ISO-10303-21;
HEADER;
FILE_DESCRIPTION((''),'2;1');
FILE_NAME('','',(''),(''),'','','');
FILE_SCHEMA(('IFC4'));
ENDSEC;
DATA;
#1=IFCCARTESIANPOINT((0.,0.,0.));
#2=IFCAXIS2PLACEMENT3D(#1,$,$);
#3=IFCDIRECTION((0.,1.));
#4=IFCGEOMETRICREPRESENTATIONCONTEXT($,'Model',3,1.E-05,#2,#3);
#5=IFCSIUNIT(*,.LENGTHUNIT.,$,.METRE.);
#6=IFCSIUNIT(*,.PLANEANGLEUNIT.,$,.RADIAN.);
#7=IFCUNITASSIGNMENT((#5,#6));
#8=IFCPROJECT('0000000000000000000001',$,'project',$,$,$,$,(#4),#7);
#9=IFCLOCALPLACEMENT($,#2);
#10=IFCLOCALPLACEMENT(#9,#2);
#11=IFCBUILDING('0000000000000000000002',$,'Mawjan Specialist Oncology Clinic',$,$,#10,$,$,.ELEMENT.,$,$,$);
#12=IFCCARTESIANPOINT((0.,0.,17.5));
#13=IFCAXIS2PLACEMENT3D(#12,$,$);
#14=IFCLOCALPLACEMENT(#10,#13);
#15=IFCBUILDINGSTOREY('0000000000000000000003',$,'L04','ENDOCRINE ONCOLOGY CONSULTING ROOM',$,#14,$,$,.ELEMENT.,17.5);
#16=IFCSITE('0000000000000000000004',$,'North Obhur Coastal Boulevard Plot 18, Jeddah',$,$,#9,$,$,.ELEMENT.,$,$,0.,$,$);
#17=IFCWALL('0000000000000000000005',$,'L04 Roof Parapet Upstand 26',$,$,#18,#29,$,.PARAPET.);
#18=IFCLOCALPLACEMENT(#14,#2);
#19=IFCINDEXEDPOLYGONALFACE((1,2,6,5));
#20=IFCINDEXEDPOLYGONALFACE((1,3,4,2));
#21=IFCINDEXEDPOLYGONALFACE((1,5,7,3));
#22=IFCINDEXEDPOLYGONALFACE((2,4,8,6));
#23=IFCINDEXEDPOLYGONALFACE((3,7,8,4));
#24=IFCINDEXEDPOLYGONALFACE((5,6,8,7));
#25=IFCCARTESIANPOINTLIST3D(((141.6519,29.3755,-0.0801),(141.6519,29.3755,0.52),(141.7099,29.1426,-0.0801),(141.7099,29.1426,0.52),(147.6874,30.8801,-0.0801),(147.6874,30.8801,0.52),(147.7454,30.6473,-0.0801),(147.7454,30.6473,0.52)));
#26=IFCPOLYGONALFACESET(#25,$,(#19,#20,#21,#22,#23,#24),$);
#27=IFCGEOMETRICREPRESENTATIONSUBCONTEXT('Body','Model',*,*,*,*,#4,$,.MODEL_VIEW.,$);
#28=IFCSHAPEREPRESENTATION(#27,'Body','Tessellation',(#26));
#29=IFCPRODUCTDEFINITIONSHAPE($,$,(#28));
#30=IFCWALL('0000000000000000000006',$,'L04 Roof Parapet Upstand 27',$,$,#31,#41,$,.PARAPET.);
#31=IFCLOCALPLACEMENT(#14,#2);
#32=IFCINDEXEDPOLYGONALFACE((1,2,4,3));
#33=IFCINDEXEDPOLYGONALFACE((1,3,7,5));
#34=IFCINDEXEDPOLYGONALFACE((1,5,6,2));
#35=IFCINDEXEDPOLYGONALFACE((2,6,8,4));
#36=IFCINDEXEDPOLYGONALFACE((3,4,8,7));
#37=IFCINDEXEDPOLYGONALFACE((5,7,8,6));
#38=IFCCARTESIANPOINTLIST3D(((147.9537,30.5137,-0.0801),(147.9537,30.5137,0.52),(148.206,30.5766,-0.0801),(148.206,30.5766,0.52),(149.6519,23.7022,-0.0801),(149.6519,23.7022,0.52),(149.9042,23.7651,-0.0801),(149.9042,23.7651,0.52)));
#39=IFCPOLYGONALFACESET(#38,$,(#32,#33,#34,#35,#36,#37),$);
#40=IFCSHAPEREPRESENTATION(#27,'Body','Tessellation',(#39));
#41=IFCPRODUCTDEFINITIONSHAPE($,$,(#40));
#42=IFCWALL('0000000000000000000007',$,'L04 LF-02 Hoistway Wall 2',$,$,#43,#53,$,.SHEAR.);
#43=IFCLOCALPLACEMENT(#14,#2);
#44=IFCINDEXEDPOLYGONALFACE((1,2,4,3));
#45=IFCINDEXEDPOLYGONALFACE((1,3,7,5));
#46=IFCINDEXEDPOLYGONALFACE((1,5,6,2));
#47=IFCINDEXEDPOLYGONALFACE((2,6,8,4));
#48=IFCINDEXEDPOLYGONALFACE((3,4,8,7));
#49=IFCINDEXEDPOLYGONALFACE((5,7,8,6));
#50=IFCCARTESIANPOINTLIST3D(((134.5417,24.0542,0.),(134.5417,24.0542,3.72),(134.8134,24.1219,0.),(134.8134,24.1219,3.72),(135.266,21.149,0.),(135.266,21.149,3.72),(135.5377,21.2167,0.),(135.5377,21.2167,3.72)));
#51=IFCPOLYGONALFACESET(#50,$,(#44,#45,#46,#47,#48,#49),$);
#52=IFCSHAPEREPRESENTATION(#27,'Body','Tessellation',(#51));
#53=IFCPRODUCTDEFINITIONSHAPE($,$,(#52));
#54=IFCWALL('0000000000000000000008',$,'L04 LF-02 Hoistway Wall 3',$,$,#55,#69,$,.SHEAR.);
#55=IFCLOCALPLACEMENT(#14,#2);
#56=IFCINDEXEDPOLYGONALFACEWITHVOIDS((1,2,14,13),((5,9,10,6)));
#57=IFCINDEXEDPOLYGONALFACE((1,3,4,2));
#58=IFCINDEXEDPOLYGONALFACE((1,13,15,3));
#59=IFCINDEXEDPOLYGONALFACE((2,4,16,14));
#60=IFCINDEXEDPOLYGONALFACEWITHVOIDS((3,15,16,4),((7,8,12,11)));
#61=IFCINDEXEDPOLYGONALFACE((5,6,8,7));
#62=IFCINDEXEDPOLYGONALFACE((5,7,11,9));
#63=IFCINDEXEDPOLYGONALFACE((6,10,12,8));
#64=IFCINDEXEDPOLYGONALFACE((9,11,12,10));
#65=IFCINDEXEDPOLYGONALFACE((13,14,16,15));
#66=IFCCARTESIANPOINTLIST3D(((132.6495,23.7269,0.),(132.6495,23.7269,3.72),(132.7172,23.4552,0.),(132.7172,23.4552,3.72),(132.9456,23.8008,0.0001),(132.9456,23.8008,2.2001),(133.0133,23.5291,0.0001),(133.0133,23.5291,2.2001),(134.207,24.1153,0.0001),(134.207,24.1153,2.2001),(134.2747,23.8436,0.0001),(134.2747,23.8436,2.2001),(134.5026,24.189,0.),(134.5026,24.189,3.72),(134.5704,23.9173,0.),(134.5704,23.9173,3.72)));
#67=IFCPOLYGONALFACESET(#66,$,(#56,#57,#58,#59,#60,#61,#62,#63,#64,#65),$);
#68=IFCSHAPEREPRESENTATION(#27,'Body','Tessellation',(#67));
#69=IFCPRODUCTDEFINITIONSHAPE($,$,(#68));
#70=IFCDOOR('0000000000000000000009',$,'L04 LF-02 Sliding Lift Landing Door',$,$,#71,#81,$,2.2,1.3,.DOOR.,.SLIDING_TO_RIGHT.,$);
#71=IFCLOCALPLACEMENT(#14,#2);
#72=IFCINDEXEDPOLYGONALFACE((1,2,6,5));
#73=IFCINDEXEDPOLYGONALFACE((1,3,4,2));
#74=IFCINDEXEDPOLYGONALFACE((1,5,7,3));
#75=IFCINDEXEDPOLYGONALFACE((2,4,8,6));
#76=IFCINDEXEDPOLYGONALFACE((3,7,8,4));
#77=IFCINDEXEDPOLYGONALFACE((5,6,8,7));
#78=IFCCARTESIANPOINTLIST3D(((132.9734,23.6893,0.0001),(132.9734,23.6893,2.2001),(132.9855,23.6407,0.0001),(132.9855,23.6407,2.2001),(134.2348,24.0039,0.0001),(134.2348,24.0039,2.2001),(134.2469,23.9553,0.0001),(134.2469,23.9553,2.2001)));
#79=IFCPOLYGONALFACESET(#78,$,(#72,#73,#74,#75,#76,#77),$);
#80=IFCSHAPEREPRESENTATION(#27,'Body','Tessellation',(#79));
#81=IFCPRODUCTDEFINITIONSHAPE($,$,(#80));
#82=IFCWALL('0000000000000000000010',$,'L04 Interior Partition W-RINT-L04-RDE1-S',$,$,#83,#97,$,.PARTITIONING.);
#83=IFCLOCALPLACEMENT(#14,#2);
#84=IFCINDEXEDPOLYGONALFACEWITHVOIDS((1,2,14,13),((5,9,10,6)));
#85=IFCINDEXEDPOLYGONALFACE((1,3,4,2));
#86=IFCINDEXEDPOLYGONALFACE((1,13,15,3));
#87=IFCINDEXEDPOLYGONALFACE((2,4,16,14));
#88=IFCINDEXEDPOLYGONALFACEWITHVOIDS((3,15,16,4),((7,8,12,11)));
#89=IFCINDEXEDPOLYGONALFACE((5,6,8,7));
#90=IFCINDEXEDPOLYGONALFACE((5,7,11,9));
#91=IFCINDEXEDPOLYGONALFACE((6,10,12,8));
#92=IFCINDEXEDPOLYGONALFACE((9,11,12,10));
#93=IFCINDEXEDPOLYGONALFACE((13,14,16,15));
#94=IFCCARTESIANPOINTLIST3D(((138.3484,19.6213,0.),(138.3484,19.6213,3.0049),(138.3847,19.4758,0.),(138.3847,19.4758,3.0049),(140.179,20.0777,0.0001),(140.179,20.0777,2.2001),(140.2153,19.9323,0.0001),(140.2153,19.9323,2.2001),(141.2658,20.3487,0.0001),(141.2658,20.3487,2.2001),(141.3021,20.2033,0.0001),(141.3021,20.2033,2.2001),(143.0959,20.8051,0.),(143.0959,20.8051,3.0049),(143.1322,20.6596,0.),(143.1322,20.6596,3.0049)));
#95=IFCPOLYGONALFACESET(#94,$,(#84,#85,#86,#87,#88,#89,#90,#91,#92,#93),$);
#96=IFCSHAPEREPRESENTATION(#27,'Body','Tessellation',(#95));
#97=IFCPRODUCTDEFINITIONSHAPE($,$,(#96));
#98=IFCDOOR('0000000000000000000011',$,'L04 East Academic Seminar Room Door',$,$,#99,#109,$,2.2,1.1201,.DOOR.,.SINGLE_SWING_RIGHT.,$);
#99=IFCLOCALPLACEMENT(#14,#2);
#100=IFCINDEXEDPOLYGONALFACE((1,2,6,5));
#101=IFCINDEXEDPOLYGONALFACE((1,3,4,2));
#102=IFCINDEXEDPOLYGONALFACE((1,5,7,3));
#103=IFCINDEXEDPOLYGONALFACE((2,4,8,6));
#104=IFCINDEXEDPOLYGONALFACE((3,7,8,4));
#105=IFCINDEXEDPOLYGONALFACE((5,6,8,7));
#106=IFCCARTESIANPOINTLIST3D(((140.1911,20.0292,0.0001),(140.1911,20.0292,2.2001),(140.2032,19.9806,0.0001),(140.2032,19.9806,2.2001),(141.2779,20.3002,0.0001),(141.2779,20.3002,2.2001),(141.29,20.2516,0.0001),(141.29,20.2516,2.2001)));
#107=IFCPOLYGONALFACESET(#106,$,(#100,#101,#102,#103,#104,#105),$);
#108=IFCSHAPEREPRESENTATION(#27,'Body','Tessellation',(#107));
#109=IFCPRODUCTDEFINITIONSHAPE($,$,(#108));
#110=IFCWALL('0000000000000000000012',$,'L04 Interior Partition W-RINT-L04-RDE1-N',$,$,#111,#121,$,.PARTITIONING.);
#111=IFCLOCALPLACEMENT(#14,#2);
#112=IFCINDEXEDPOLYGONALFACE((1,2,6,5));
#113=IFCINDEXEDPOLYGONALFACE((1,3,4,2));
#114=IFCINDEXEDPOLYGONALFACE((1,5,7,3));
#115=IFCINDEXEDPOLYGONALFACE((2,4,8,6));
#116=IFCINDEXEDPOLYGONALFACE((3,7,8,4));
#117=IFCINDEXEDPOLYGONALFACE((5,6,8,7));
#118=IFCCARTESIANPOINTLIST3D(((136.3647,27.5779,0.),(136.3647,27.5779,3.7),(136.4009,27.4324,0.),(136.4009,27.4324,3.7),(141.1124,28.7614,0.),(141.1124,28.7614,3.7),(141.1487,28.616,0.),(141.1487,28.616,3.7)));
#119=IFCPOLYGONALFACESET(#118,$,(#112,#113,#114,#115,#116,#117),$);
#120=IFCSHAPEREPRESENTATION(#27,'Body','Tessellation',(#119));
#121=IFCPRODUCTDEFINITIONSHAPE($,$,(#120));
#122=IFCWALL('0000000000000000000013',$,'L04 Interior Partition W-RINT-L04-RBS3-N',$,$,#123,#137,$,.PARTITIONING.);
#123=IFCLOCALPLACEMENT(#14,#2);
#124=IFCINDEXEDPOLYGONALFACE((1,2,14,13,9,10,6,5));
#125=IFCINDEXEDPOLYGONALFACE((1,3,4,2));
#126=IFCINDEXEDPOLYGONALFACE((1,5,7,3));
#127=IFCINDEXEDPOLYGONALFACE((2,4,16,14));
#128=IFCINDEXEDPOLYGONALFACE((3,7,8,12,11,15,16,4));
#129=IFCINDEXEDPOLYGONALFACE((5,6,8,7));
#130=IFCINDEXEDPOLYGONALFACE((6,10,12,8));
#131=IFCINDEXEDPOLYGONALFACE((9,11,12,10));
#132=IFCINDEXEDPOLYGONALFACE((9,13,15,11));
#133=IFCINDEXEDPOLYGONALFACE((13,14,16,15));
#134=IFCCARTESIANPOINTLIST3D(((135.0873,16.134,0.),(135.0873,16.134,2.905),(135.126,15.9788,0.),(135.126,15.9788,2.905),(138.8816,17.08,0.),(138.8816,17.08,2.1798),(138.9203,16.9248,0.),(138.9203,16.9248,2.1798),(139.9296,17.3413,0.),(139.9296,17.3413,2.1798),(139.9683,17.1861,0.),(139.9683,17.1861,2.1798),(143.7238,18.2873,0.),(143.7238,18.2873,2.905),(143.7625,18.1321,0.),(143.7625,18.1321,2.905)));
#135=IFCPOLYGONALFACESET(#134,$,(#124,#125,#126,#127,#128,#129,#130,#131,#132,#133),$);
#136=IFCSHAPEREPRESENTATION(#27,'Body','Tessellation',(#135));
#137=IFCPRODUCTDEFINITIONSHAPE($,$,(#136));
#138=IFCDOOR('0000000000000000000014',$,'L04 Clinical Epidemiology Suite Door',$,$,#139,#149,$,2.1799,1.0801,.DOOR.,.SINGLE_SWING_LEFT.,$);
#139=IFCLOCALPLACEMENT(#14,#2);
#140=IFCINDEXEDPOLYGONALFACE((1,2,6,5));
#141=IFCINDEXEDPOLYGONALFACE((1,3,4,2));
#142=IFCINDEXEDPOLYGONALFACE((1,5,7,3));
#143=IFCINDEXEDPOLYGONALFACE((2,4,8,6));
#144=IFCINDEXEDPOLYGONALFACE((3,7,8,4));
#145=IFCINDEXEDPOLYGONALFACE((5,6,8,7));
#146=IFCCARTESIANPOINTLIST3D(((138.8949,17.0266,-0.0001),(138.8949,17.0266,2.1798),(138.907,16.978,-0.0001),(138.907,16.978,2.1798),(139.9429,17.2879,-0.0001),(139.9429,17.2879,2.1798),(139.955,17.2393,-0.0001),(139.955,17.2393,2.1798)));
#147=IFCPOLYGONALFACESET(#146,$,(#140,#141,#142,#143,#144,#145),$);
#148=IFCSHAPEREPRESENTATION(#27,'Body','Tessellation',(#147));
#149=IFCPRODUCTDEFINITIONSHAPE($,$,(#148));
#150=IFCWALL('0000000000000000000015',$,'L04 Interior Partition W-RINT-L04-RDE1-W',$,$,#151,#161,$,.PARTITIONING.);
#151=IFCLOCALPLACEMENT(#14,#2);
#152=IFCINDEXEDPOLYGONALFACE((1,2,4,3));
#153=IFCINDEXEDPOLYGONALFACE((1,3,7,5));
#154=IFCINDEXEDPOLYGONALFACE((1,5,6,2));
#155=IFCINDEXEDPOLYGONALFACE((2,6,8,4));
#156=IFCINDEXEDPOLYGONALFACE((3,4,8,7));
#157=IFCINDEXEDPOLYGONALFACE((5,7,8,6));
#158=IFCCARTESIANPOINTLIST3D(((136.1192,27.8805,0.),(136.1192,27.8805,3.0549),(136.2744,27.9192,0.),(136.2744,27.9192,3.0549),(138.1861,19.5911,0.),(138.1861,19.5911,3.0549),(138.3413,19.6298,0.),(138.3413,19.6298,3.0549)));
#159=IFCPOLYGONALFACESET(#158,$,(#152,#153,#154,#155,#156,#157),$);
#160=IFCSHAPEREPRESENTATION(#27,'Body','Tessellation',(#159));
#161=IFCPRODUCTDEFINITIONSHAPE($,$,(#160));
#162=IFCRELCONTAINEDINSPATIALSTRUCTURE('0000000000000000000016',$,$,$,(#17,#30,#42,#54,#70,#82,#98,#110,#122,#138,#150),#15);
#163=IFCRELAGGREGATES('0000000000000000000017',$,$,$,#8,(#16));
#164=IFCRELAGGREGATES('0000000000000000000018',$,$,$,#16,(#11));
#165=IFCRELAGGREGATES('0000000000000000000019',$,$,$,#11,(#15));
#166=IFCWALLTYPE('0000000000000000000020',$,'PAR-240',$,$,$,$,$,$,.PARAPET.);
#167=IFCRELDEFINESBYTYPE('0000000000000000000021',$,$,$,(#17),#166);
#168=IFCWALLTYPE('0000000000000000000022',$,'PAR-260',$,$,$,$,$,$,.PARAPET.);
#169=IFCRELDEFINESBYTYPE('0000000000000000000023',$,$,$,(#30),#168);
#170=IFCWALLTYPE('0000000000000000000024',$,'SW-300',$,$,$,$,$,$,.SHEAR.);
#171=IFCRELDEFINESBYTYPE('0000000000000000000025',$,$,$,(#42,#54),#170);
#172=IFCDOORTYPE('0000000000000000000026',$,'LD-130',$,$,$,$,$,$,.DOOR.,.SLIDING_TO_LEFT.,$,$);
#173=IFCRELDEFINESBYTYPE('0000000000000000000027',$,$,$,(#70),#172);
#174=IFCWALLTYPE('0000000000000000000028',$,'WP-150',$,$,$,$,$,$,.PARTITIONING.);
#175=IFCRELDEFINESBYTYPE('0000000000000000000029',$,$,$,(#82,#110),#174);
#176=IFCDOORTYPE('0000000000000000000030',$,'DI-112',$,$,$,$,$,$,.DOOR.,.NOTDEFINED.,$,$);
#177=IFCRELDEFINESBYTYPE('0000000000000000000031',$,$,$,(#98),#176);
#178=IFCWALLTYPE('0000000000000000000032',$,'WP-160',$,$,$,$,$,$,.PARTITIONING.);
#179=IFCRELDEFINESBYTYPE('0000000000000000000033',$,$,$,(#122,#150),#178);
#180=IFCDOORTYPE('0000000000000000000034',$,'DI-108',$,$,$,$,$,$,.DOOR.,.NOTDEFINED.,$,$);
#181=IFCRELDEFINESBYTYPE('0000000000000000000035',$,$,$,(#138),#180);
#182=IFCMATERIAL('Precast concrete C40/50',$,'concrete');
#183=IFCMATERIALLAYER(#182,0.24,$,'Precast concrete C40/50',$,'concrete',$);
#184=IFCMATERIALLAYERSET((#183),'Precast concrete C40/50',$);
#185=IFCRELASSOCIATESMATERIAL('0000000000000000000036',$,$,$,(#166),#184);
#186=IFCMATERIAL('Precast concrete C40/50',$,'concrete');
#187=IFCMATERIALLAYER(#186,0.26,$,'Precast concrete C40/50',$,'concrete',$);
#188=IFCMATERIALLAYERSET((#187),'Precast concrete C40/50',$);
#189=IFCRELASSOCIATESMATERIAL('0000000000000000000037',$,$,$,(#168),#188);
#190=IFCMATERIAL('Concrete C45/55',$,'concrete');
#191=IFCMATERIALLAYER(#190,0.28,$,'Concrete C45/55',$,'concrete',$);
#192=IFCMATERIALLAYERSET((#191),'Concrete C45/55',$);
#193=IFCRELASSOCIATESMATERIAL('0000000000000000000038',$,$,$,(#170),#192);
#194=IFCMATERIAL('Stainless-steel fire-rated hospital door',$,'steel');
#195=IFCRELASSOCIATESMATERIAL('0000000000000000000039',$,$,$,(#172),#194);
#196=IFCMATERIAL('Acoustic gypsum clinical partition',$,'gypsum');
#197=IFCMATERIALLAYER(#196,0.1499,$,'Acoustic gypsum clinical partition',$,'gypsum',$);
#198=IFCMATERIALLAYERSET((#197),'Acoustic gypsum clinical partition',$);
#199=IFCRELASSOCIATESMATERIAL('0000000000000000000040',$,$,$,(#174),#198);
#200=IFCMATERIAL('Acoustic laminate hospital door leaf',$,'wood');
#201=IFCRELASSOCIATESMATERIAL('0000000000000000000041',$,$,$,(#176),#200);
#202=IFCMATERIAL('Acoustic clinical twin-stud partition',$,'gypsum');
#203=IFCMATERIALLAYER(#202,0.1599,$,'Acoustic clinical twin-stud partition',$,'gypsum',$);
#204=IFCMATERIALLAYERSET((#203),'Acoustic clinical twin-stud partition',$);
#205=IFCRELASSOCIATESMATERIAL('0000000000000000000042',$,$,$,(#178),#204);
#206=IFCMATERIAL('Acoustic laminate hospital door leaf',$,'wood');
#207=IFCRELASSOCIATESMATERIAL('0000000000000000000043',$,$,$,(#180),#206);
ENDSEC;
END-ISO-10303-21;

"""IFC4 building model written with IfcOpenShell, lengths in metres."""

from ifc_helpers import new_model, si_unit, direction, frame, frame_2d, origin, place, context, subcontext, project, spatial, rectangle, extrude, material, layer, layer_set, type_object, element, fill, save


model = new_model("IFC4")

# Units and contexts
model_context = context("Model", 3, precision=1e-05, world=origin(), true_north=direction((0.0, 1.0)))
body_context = subcontext(model_context, "Body", "Model", "MODEL_VIEW")
ifc_project = project(units=[si_unit("LENGTHUNIT", "METRE"), si_unit("PLANEANGLEUNIT", "RADIAN")], contexts=[model_context])

# Site, building, storey
site_placement = place(None, origin())
site = spatial("IfcSite", under=ifc_project, at=site_placement, Name="North Obhur Coastal Boulevard Plot 18, Jeddah", CompositionType="ELEMENT", RefElevation=0.0)
building_placement = place(site_placement, origin())
building = spatial("IfcBuilding", under=site, at=building_placement, Name="Mawjan Specialist Oncology Clinic", CompositionType="ELEMENT")
storey_placement = place(building_placement, frame((0.0, 0.0, 17.5)))
storey = spatial("IfcBuildingStorey", under=building, at=storey_placement, Name="L04", Description="ENDOCRINE ONCOLOGY CONSULTING ROOM", CompositionType="ELEMENT", Elevation=17.5)

# Walls
ifc_material_1 = material(Name="Precast concrete C40/50", Category="concrete")
ifc_layer_1 = layer(ifc_material_1, 0.24, Name="Precast concrete C40/50", Category="concrete")
ifc_layer_set_1 = layer_set([ifc_layer_1], Name="Precast concrete C40/50")
wall_type_1 = type_object("IfcWallType", Name="PAR-240", PredefinedType="PARAPET", material=ifc_layer_set_1)
wall_1_placement = place(storey_placement, frame((141.6809, 29.259, -0.0801), z_axis=(0.0, 0.0, 1.0), x_axis=(0.970302, 0.241898, 0.0)))
element("IfcWall", 1, at=wall_1_placement, inside=storey, type_object=wall_type_1, Name="L04 Roof Parapet Upstand 26", PredefinedType="PARAPET", context=body_context, shape_type="SweptSolid", body=[
    extrude(rectangle(XDim=6.2202, YDim=0.24, at=frame_2d((3.1101, 0.0))), origin(), (0.0, 0.0, 1.0), 0.6001),
])
ifc_material_2 = material(Name="Precast concrete C40/50", Category="concrete")
ifc_layer_2 = layer(ifc_material_2, 0.26, Name="Precast concrete C40/50", Category="concrete")
ifc_layer_set_2 = layer_set([ifc_layer_2], Name="Precast concrete C40/50")
wall_type_2 = type_object("IfcWallType", Name="PAR-260", PredefinedType="PARAPET", material=ifc_layer_set_2)
wall_2_placement = place(storey_placement, frame((148.0798, 30.5452, -0.0801), z_axis=(0.0, 0.0, 1.0), x_axis=(0.241914, -0.970298, 0.0)))
element("IfcWall", 2, at=wall_2_placement, inside=storey, type_object=wall_type_2, Name="L04 Roof Parapet Upstand 27", PredefinedType="PARAPET", context=body_context, shape_type="SweptSolid", body=[
    extrude(rectangle(XDim=7.02, YDim=0.26, at=frame_2d((3.51, 0.0))), origin(), (0.0, 0.0, 1.0), 0.6001),
])
ifc_material_3 = material(Name="Concrete C45/55", Category="concrete")
ifc_layer_3 = layer(ifc_material_3, 0.28, Name="Concrete C45/55", Category="concrete")
ifc_layer_set_3 = layer_set([ifc_layer_3], Name="Concrete C45/55")
wall_type_3 = type_object("IfcWallType", Name="SW-300", PredefinedType="SHEAR", material=ifc_layer_set_3)
wall_3_placement = place(storey_placement, frame((135.4019, 21.1829, 0.0), z_axis=(0.0, 0.0, 1.0), x_axis=(-0.241922, 0.970296, 0.0)))
element("IfcWall", 3, at=wall_3_placement, inside=storey, type_object=wall_type_3, Name="L04 LF-02 Hoistway Wall 2", PredefinedType="SHEAR", context=body_context, shape_type="SweptSolid", body=[
    extrude(rectangle(XDim=2.9941, YDim=0.28, at=frame_2d((1.4971, 0.0))), origin(), (0.0, 0.0, 1.0), 3.72),
])

# Walls, openings, doors
wall_4_placement = place(storey_placement, frame((134.5366, 24.0532, 0.0), z_axis=(0.0, 0.0, 1.0), x_axis=(-0.970285, -0.241964, 0.0)))
wall_4 = element("IfcWall", 4, at=wall_4_placement, inside=storey, type_object=wall_type_3, Name="L04 LF-02 Hoistway Wall 3", PredefinedType="SHEAR", context=body_context, shape_type="SweptSolid", body=[
    extrude(rectangle(XDim=1.9099, YDim=0.28, at=frame_2d((0.9551, 0.0))), origin(), (0.0, 0.0, 1.0), 3.72),
])
opening_1_placement = place(wall_4_placement, frame((0.3049, 0.0, 0.0)))
opening_1 = element("IfcOpeningElement", 5, at=opening_1_placement, cuts=wall_4, PredefinedType="OPENING", context=body_context, shape_type="SweptSolid", body=[
    extrude(rectangle(XDim=1.3, YDim=2.2, at=frame_2d((0.6499, 1.1001))), frame((0.0, 0.1521, 0.0), z_axis=(0.0, -1.0, 0.0), x_axis=(1.0, 0.0, 0.0)), (0.0, 0.0, 1.0), 0.304),
])
ifc_material_4 = material(Name="Stainless-steel fire-rated hospital door", Category="steel")
door_type_1 = type_object("IfcDoorType", Name="LD-130", OperationType="SLIDING_TO_LEFT", PredefinedType="DOOR", material=ifc_material_4)
door_1_placement = place(opening_1_placement, origin())
door_1 = element("IfcDoor", 6, at=door_1_placement, inside=storey, type_object=door_type_1, Name="L04 LF-02 Sliding Lift Landing Door", OperationType="SLIDING_TO_RIGHT", OverallHeight=2.2, OverallWidth=1.3, PredefinedType="DOOR", context=body_context, shape_type="SweptSolid", body=[
    extrude(rectangle(XDim=1.3, YDim=2.2, at=frame_2d((0.6499, 1.1001))), frame((0.0, 0.0249, 0.0), z_axis=(0.0, -1.0, 0.0), x_axis=(1.0, 0.0, 0.0)), (0.0, 0.0, 1.0), 0.05),
])
fill(opening_1, door_1)
ifc_material_5 = material(Name="Acoustic gypsum clinical partition", Category="gypsum")
ifc_layer_4 = layer(ifc_material_5, 0.1499, Name="Acoustic gypsum clinical partition", Category="gypsum")
ifc_layer_set_4 = layer_set([ifc_layer_4], Name="Acoustic gypsum clinical partition")
wall_type_4 = type_object("IfcWallType", Name="WP-150", PredefinedType="PARTITIONING", material=ifc_layer_set_4)
wall_5_placement = place(storey_placement, frame((138.3667, 19.5486, 0.0), z_axis=(0.0, 0.0, 1.0), x_axis=(0.970289, 0.241949, 0.0)))
wall_5 = element("IfcWall", 7, at=wall_5_placement, inside=storey, type_object=wall_type_4, Name="L04 Interior Partition W-RINT-L04-RDE1-S", PredefinedType="PARTITIONING", context=body_context, shape_type="SweptSolid", body=[
    extrude(rectangle(XDim=4.8928, YDim=0.1499, at=frame_2d((2.4463, 0.0))), origin(), (0.0, 0.0, 1.0), 3.0049),
])
opening_2_placement = place(wall_5_placement, frame((1.8865, 0.0, 0.0)))
opening_2 = element("IfcOpeningElement", 8, at=opening_2_placement, cuts=wall_5, PredefinedType="OPENING", context=body_context, shape_type="SweptSolid", body=[
    extrude(rectangle(XDim=1.1201, YDim=2.2, at=frame_2d((0.5601, 1.1001))), frame((0.0, 0.0869, 0.0), z_axis=(0.0, -1.0, 0.0), x_axis=(1.0, 0.0, 0.0)), (0.0, 0.0, 1.0), 0.1738),
])
ifc_material_6 = material(Name="Acoustic laminate hospital door leaf", Category="wood")
door_type_2 = type_object("IfcDoorType", Name="DI-112", OperationType="NOTDEFINED", PredefinedType="DOOR", material=ifc_material_6)
door_2_placement = place(opening_2_placement, origin())
door_2 = element("IfcDoor", 9, at=door_2_placement, inside=storey, type_object=door_type_2, Name="L04 East Academic Seminar Room Door", OperationType="SINGLE_SWING_RIGHT", OverallHeight=2.2, OverallWidth=1.1201, PredefinedType="DOOR", context=body_context, shape_type="SweptSolid", body=[
    extrude(rectangle(XDim=1.1201, YDim=2.2, at=frame_2d((0.5601, 1.1001))), frame((0.0, 0.0249, 0.0), z_axis=(0.0, -1.0, 0.0), x_axis=(1.0, 0.0, 0.0)), (0.0, 0.0, 1.0), 0.05),
])
fill(opening_2, door_2)

# Wall
wall_6_placement = place(storey_placement, frame((136.3828, 27.5051, 0.0), z_axis=(0.0, 0.0, 1.0), x_axis=(0.970304, 0.24189, 0.0)))
element("IfcWall", 10, at=wall_6_placement, inside=storey, type_object=wall_type_4, Name="L04 Interior Partition W-RINT-L04-RDE1-N", PredefinedType="PARTITIONING", context=body_context, shape_type="SweptSolid", body=[
    extrude(rectangle(XDim=4.8931, YDim=0.1499, at=frame_2d((2.4465, 0.0))), origin(), (0.0, 0.0, 1.0), 3.7),
])

# Wall, opening, door
ifc_material_7 = material(Name="Acoustic clinical twin-stud partition", Category="gypsum")
ifc_layer_5 = layer(ifc_material_7, 0.1599, Name="Acoustic clinical twin-stud partition", Category="gypsum")
ifc_layer_set_5 = layer_set([ifc_layer_5], Name="Acoustic clinical twin-stud partition")
wall_type_5 = type_object("IfcWallType", Name="WP-160", PredefinedType="PARTITIONING", material=ifc_layer_set_5)
wall_7_placement = place(storey_placement, frame((135.1067, 16.0564, 0.0), z_axis=(0.0, 0.0, 1.0), x_axis=(0.970296, 0.241922, 0.0)))
wall_7 = element("IfcWall", 11, at=wall_7_placement, inside=storey, type_object=wall_type_5, Name="L04 Interior Partition W-RINT-L04-RBS3-N", PredefinedType="PARTITIONING", context=body_context, shape_type="SweptSolid", body=[
    extrude(rectangle(XDim=8.9009, YDim=0.1599, at=frame_2d((4.4504, 0.0))), origin(), (0.0, 0.0, 1.0), 2.905),
])
opening_3_placement = place(wall_7_placement, frame((3.9104, 0.0, 0.0)))
opening_3 = element("IfcOpeningElement", 12, at=opening_3_placement, cuts=wall_7, PredefinedType="OPENING", context=body_context, shape_type="SweptSolid", body=[
    extrude(rectangle(XDim=1.0801, YDim=2.1799, at=frame_2d((0.54, 1.0898))), frame((0.0, 0.092, 0.0), z_axis=(0.0, -1.0, 0.0), x_axis=(1.0, 0.0, 0.0)), (0.0, 0.0, 1.0), 0.1838),
])
ifc_material_8 = material(Name="Acoustic laminate hospital door leaf", Category="wood")
door_type_3 = type_object("IfcDoorType", Name="DI-108", OperationType="NOTDEFINED", PredefinedType="DOOR", material=ifc_material_8)
door_3_placement = place(opening_3_placement, origin())
door_3 = element("IfcDoor", 13, at=door_3_placement, inside=storey, type_object=door_type_3, Name="L04 Clinical Epidemiology Suite Door", OperationType="SINGLE_SWING_LEFT", OverallHeight=2.1799, OverallWidth=1.0801, PredefinedType="DOOR", context=body_context, shape_type="SweptSolid", body=[
    extrude(rectangle(XDim=1.0801, YDim=2.1799, at=frame_2d((0.54, 1.0898))), frame((0.0, 0.0249, 0.0), z_axis=(0.0, -1.0, 0.0), x_axis=(1.0, 0.0, 0.0)), (0.0, 0.0, 1.0), 0.05),
])
fill(opening_3, door_3)

# Wall
wall_8_placement = place(storey_placement, frame((138.2637, 19.6106, 0.0), z_axis=(0.0, 0.0, 1.0), x_axis=(-0.241937, 0.970292, 0.0)))
element("IfcWall", 14, at=wall_8_placement, inside=storey, type_object=wall_type_5, Name="L04 Interior Partition W-RINT-L04-RDE1-W", PredefinedType="PARTITIONING", context=body_context, shape_type="SweptSolid", body=[
    extrude(rectangle(XDim=8.5432, YDim=0.1599, at=frame_2d((4.2715, 0.0))), origin(), (0.0, 0.0, 1.0), 3.0549),
])

save(model, "model.ifc")
